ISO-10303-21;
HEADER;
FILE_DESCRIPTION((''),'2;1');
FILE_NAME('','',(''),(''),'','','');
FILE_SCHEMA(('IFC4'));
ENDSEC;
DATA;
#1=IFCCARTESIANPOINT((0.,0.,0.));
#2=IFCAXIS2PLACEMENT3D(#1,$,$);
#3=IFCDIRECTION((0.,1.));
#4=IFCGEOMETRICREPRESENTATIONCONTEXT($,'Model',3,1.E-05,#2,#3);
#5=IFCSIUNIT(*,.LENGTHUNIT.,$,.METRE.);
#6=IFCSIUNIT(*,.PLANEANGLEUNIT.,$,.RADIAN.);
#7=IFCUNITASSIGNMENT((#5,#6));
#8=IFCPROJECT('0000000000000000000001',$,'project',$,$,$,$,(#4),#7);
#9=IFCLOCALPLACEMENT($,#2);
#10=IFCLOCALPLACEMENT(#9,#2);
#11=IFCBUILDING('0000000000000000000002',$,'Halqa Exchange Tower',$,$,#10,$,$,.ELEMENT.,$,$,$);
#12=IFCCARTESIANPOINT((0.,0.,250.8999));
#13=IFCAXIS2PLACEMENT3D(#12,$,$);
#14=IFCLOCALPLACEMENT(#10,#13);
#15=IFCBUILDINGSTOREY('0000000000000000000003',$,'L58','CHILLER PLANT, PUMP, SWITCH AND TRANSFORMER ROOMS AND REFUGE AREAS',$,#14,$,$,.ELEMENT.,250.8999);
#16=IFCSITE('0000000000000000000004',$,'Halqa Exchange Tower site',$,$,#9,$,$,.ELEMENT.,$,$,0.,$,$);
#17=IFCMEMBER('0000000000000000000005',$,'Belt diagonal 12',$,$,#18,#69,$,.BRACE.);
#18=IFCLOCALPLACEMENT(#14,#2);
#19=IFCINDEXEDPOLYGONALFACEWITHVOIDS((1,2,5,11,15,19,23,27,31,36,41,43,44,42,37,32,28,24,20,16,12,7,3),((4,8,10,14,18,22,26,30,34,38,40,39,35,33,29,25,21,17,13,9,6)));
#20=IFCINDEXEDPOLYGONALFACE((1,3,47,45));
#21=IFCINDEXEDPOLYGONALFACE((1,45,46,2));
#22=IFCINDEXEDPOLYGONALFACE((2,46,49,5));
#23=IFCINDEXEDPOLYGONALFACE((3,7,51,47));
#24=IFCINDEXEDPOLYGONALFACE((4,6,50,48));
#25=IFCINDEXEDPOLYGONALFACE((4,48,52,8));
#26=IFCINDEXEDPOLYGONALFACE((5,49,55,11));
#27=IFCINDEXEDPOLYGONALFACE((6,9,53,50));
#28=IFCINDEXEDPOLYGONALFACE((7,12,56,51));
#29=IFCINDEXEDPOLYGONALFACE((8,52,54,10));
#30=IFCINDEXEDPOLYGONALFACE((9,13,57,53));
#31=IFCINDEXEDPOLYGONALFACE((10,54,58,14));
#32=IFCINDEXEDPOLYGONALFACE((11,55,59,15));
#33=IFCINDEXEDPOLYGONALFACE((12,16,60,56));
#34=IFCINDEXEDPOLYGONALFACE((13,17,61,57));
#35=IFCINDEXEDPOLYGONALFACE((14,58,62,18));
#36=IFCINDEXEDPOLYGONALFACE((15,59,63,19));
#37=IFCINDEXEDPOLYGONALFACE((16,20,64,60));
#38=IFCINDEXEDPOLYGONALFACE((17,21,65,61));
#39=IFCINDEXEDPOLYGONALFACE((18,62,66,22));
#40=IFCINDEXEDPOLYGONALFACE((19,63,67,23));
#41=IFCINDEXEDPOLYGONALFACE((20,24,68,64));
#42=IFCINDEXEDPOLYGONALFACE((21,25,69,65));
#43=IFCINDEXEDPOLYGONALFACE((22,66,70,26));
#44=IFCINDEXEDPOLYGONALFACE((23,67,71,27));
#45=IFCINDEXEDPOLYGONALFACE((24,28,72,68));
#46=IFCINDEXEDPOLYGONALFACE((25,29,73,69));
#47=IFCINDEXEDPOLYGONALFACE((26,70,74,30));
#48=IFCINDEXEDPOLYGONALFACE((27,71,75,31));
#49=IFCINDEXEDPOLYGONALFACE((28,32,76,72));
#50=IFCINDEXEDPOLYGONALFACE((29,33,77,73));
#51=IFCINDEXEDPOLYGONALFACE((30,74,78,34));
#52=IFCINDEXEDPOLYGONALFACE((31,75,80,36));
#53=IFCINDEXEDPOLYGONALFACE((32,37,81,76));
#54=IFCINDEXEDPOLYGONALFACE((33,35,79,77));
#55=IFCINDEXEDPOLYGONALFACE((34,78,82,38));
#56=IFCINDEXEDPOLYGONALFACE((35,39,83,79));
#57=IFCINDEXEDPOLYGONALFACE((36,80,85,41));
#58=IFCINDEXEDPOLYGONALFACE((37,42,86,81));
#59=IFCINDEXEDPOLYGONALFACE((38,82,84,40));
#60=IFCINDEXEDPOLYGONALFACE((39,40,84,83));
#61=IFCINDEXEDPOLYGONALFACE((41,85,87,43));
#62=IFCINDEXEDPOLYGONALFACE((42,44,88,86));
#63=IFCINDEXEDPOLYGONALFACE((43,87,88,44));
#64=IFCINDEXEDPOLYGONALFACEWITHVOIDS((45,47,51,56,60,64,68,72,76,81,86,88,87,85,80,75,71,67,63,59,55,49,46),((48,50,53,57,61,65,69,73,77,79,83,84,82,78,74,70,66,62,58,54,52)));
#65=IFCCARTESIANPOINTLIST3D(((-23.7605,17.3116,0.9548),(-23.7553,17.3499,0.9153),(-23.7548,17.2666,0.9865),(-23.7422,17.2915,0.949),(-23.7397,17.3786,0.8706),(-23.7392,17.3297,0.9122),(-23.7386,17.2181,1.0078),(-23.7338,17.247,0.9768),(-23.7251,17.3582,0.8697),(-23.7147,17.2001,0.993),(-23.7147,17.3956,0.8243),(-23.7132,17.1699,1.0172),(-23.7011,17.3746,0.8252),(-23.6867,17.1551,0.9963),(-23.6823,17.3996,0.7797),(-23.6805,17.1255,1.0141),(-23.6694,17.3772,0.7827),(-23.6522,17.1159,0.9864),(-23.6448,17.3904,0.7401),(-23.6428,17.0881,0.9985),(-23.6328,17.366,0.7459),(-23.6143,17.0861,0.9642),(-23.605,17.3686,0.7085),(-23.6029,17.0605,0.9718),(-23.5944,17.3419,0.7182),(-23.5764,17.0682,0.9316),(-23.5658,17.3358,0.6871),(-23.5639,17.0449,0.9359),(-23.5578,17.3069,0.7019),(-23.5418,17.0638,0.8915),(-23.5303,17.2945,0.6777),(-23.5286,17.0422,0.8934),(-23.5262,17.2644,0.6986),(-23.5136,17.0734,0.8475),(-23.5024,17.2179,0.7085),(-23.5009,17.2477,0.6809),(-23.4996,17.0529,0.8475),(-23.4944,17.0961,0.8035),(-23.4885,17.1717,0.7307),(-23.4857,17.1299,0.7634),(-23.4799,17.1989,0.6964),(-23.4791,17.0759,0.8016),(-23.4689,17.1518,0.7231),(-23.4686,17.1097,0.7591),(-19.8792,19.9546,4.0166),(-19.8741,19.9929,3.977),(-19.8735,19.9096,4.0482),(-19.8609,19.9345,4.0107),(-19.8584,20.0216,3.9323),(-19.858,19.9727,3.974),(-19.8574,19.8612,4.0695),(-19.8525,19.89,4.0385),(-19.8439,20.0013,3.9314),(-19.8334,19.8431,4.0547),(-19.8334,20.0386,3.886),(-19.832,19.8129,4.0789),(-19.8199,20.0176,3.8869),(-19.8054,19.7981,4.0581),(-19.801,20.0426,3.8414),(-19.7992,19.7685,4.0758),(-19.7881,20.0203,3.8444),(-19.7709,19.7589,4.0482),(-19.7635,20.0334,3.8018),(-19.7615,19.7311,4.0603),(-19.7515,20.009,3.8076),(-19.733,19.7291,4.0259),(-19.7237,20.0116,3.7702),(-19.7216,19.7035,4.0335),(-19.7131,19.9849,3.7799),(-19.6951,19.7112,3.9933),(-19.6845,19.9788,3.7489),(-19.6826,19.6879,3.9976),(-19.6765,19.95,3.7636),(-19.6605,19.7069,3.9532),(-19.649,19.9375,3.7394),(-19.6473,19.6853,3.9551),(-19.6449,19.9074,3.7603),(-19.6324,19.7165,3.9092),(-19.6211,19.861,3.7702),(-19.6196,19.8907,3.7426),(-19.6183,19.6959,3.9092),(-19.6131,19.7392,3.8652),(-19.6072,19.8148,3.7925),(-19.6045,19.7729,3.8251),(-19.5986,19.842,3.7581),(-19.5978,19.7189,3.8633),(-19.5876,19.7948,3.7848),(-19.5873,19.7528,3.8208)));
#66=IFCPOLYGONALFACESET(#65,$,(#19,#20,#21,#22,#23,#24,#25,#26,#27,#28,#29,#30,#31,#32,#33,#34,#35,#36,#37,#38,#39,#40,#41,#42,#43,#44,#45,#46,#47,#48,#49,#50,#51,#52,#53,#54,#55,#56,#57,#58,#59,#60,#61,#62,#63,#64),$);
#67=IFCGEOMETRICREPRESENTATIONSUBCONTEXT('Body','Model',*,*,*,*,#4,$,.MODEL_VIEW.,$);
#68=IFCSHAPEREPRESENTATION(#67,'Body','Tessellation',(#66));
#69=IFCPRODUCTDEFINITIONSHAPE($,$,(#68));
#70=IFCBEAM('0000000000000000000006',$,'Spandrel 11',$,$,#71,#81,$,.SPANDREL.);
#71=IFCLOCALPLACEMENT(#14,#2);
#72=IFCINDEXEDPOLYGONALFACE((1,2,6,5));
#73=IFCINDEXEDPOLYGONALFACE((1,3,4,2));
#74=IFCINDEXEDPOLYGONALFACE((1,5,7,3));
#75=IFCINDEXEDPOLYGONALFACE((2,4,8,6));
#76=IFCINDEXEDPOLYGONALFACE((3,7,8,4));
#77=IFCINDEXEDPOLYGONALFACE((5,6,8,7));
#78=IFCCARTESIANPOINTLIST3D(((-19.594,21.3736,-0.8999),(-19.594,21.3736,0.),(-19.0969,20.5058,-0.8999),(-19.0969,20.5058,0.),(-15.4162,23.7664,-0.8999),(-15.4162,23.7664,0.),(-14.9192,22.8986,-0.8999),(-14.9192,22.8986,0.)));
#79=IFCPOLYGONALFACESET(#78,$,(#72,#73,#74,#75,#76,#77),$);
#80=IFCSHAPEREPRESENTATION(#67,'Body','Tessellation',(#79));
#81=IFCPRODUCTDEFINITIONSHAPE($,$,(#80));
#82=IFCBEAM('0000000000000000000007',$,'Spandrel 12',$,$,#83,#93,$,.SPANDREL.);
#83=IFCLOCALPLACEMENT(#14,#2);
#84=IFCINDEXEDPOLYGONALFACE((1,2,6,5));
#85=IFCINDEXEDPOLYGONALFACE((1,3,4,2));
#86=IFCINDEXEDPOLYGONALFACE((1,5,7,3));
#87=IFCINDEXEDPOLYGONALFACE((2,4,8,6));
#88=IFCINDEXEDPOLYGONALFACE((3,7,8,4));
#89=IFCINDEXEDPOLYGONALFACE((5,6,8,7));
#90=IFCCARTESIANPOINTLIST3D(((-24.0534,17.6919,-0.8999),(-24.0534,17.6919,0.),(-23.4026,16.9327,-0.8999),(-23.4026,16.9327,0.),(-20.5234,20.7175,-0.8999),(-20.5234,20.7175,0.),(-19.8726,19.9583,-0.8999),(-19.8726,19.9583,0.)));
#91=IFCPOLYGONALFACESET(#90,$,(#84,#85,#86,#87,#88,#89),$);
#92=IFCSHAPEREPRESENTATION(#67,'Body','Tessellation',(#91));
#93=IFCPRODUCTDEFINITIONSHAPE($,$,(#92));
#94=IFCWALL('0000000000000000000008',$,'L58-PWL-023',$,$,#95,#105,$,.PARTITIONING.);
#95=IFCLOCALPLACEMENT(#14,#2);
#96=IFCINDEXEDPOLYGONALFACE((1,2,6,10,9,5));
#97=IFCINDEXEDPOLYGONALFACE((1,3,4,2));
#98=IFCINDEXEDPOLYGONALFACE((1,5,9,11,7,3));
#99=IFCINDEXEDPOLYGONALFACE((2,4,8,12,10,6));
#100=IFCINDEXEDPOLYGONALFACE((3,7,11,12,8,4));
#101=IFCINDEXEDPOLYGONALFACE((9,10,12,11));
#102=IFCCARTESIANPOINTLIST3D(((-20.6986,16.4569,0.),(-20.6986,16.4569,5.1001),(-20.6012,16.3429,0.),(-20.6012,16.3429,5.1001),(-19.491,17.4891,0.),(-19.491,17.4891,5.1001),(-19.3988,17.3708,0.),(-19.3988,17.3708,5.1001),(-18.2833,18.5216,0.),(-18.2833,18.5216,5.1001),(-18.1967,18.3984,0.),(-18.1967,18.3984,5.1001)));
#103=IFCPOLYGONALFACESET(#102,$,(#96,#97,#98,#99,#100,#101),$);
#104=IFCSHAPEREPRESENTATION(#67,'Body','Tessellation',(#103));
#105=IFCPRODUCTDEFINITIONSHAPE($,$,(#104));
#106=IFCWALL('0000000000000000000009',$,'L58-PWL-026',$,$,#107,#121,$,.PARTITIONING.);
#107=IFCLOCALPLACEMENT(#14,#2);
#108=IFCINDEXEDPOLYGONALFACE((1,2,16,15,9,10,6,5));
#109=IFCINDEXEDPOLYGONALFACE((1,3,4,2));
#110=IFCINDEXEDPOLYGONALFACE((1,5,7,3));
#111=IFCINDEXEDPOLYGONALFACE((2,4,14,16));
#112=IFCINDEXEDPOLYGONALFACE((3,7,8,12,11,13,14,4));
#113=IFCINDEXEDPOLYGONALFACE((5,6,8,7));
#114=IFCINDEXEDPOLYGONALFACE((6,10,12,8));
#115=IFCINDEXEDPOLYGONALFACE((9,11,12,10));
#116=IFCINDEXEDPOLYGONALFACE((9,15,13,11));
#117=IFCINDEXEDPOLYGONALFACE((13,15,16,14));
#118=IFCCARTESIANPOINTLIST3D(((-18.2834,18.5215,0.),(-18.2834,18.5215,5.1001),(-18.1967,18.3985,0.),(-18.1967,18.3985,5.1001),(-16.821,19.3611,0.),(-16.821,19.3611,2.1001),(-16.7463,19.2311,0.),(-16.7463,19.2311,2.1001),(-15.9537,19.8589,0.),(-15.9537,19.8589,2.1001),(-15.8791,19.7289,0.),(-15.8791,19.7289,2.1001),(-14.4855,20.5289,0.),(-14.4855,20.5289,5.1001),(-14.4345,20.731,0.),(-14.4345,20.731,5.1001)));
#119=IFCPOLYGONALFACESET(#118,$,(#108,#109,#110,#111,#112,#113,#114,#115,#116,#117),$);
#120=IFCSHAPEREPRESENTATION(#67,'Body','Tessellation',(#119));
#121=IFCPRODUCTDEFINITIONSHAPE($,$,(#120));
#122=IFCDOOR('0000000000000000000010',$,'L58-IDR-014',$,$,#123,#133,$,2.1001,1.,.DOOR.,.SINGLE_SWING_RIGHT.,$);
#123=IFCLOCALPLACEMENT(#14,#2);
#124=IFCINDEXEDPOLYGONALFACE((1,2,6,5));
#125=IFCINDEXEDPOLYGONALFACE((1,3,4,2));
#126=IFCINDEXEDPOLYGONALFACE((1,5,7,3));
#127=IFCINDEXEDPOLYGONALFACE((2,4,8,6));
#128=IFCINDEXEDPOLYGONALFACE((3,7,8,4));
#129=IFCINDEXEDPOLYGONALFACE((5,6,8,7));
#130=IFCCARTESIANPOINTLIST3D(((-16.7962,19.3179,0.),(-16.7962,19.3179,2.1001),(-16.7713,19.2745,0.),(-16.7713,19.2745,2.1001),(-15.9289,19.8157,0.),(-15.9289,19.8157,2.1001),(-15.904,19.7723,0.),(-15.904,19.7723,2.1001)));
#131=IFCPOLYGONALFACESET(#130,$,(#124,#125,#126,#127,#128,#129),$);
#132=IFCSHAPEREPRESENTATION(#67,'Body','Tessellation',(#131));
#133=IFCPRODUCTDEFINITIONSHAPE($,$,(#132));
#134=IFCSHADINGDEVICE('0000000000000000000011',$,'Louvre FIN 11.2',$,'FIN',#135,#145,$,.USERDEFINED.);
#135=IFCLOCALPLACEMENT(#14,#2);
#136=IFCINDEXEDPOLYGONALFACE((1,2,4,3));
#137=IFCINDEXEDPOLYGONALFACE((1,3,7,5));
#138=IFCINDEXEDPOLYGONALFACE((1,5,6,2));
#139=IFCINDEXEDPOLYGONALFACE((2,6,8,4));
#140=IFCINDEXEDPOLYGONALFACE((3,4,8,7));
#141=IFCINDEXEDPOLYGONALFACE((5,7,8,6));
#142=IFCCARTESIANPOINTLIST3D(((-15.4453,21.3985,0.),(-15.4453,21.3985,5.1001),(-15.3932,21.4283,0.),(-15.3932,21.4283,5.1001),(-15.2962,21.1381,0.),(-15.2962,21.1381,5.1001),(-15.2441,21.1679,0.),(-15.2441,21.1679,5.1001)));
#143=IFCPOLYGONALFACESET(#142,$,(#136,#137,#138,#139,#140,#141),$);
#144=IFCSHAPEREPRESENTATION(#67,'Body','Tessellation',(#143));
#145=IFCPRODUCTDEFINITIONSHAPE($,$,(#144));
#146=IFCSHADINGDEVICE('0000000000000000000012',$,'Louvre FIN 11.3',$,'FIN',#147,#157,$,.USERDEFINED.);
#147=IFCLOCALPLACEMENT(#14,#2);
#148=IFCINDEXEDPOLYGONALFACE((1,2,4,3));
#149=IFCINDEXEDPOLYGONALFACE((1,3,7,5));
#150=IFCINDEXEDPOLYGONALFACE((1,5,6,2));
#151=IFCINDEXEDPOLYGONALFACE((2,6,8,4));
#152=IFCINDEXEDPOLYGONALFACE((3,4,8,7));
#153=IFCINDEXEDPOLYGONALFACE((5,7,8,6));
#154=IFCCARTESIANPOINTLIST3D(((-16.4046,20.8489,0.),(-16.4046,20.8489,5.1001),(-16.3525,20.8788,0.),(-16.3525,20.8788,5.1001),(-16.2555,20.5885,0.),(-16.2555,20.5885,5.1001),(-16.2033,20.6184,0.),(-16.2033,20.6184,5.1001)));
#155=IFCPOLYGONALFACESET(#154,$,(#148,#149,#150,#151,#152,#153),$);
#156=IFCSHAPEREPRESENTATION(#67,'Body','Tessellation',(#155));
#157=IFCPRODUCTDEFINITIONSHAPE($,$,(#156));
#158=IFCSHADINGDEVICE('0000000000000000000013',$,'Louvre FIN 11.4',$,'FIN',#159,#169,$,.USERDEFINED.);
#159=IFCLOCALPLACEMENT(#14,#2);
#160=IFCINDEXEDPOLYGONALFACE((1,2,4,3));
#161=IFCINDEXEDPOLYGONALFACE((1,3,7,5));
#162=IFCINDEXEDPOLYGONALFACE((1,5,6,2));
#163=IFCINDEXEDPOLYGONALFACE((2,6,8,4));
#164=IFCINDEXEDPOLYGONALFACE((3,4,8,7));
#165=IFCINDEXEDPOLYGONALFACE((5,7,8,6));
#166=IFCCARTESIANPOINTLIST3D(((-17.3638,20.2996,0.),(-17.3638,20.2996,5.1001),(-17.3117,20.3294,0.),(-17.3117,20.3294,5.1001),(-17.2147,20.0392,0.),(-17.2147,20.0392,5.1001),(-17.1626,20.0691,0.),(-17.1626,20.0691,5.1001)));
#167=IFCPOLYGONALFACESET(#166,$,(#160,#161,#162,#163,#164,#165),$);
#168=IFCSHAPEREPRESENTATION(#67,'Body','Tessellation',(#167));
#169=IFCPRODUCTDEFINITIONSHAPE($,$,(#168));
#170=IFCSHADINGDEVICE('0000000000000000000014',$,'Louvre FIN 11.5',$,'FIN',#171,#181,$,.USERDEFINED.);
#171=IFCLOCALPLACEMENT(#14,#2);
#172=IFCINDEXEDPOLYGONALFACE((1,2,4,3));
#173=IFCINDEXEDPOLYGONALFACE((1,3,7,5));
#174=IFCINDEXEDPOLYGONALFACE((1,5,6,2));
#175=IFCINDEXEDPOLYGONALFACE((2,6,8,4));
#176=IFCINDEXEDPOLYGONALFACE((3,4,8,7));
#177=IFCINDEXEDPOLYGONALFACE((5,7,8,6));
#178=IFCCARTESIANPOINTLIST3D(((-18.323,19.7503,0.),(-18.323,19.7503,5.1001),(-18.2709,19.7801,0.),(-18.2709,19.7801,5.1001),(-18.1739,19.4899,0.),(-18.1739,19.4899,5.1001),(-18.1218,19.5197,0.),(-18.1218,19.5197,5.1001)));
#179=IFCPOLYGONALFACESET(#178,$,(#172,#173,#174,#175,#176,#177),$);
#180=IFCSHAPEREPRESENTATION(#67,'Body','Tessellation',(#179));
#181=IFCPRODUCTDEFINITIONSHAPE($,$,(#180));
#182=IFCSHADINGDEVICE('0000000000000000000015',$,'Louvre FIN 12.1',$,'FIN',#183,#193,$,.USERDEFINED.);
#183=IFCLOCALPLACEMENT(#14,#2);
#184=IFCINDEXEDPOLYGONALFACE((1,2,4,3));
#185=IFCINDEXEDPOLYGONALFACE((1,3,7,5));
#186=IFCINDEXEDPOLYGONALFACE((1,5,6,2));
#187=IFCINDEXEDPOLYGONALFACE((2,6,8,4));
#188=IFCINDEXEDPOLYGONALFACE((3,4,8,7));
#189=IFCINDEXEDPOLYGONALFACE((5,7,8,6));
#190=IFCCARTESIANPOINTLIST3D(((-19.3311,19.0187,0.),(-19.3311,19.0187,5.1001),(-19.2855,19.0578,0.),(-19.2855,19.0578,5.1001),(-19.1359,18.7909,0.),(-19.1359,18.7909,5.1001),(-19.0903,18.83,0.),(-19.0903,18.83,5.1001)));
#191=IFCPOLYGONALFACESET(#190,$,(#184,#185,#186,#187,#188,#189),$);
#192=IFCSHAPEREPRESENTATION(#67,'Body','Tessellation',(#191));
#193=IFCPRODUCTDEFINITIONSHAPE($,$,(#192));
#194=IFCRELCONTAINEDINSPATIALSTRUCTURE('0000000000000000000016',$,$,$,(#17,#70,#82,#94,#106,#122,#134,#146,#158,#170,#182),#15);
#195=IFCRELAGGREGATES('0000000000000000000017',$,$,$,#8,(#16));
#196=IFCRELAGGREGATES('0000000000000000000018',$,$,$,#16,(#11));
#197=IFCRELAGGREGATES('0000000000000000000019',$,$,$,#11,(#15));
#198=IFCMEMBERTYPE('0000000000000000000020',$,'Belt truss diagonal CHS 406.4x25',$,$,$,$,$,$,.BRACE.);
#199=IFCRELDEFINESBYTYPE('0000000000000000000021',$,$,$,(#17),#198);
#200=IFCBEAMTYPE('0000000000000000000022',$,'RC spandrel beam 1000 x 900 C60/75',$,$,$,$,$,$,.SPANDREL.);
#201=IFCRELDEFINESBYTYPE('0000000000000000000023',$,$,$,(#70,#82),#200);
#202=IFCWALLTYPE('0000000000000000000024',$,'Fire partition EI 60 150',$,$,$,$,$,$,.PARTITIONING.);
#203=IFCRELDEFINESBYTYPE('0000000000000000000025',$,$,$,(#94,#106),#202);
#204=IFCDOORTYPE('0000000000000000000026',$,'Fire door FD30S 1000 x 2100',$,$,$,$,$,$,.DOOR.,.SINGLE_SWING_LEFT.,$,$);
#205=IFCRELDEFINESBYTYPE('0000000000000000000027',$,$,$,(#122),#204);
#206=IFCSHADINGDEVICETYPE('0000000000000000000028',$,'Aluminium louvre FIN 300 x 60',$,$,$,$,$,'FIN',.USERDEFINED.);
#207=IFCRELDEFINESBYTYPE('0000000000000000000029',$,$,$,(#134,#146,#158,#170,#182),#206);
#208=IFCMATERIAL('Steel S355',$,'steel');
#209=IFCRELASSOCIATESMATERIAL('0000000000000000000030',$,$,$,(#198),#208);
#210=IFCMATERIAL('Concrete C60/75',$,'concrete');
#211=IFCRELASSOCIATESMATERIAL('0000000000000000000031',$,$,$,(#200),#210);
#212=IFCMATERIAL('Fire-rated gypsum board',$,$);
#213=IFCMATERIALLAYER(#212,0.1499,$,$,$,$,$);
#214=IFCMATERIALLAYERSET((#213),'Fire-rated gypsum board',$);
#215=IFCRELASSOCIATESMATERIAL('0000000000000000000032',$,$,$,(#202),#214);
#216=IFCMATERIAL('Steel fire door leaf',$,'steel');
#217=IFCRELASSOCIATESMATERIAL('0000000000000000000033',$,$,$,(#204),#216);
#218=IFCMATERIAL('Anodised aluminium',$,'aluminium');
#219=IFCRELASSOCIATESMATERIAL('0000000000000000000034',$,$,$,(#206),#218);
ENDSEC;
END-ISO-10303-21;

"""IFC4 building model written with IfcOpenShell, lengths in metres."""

from ifc_helpers import new_model, si_unit, direction, frame, frame_2d, origin, origin_2d, place, context, subcontext, project, spatial, polyline, rectangle, hollow_circle, outline, extrude, material, layer, layer_set, material_profile, profile_set, type_object, element, fill, save


model = new_model("IFC4")

# Units and contexts
model_context = context("Model", 3, precision=1e-05, world=origin(), true_north=direction((0.0, 1.0)))
body_context = subcontext(model_context, "Body", "Model", "MODEL_VIEW")
ifc_project = project(units=[si_unit("LENGTHUNIT", "METRE"), si_unit("PLANEANGLEUNIT", "RADIAN")], contexts=[model_context])

# Site, building, storey
site_placement = place(None, origin())
site = spatial("IfcSite", under=ifc_project, at=site_placement, Name="Halqa Exchange Tower site", CompositionType="ELEMENT", RefElevation=0.0)
building_placement = place(site_placement, origin())
building = spatial("IfcBuilding", under=site, at=building_placement, Name="Halqa Exchange Tower", CompositionType="ELEMENT")
storey_placement = place(building_placement, frame((0.0, 0.0, 250.8999)))
storey = spatial("IfcBuildingStorey", under=building, at=storey_placement, Name="L58", Description="CHILLER PLANT, PUMP, SWITCH AND TRANSFORMER ROOMS AND REFUGE AREAS", CompositionType="ELEMENT", Elevation=250.8999)

# Shared definitions
ifc_material_1 = material(Name="Concrete C60/75", Category="concrete")

# Member
ifc_material_2 = material(Name="Steel S355", Category="steel")
ifc_material_profile_1 = material_profile(ifc_material_2, hollow_circle(Radius=0.2031, WallThickness=0.0249, at=origin_2d()), Name="CHS 406.4x25")
ifc_profile_set_1 = profile_set([ifc_material_profile_1], Name="Steel S355")
member_type_1 = type_object("IfcMemberType", Name="Belt truss diagonal CHS 406.4x25", PredefinedType="BRACE", material=ifc_profile_set_1)
member_1_placement = place(storey_placement, frame((-19.7327, 19.8638, 3.9092), z_axis=(-0.69238, -0.471487, -0.546178), x_axis=(0.562856, -0.826555, 0.0)))
element("IfcMember", 1, at=member_1_placement, inside=storey, type_object=member_type_1, Name="Belt diagonal 12", PredefinedType="BRACE", context=body_context, shape_type="SweptSolid", body=[
    extrude(hollow_circle(Radius=0.2031, WallThickness=0.0249, at=origin_2d()), origin(), (0.0, 0.0, 1.0), 5.6057),
])

# Beams
ifc_material_profile_2 = material_profile(ifc_material_1, rectangle(XDim=1.0, YDim=0.8999, at=origin_2d()), Name="1000 x 900")
ifc_profile_set_2 = profile_set([ifc_material_profile_2], Name="Concrete C60/75")
beam_type = type_object("IfcBeamType", Name="RC spandrel beam 1000 x 900 C60/75", PredefinedType="SPANDREL", material=ifc_profile_set_2)
beam_1_placement = place(storey_placement, frame((-15.1677, 23.3325, -0.45), z_axis=(-0.867747, -0.497007, 0.0), x_axis=(0.497007, -0.867747, 0.0)))
element("IfcBeam", 2, at=beam_1_placement, inside=storey, type_object=beam_type, Name="Spandrel 11", PredefinedType="SPANDREL", context=body_context, shape_type="SweptSolid", body=[
    extrude(rectangle(XDim=1.0, YDim=0.8999, at=origin_2d()), origin(), (0.0, 0.0, 1.0), 4.8145),
])
beam_2_placement = place(storey_placement, frame((-20.198, 20.3379, -0.45), z_axis=(-0.759268, -0.650778, 0.0), x_axis=(0.650778, -0.759268, 0.0)))
element("IfcBeam", 3, at=beam_2_placement, inside=storey, type_object=beam_type, Name="Spandrel 12", PredefinedType="SPANDREL", context=body_context, shape_type="SweptSolid", body=[
    extrude(rectangle(XDim=1.0, YDim=0.8999, at=origin_2d()), origin(), (0.0, 0.0, 1.0), 4.6492),
])

# Wall
ifc_material_3 = material(Name="Fire-rated gypsum board")
ifc_layer_1 = layer(ifc_material_3, 0.1499)
ifc_layer_set_1 = layer_set([ifc_layer_1], Name="Fire-rated gypsum board")
wall_type = type_object("IfcWallType", Name="Fire partition EI 60 150", PredefinedType="PARTITIONING", material=ifc_layer_set_1)
wall_1_placement = place(storey_placement, frame((-18.2346, 18.4646, 0.0), z_axis=(0.0, 0.0, 1.0), x_axis=(-0.760118, -0.649785, 0.0)))
element("IfcWall", 4, at=wall_1_placement, inside=storey, type_object=wall_type, Name="L58-PWL-023", PredefinedType="PARTITIONING", context=body_context, shape_type="SweptSolid", body=[
    extrude(outline(polyline([(3.1775, 0.075), (1.5957, 0.075), (0.0142, 0.075), (0.0, -0.075), (1.5889, -0.075), (3.1775, -0.075), (3.1775, 0.075)])), origin(), (0.0, 0.0, 1.0), 5.1001),
])

# Wall, opening, door
wall_2_placement = place(storey_placement, frame((-14.3972, 20.666, 0.0), z_axis=(0.0, 0.0, 1.0), x_axis=(-0.86726, -0.497856, 0.0)))
wall_2 = element("IfcWall", 5, at=wall_2_placement, inside=storey, type_object=wall_type, Name="L58-PWL-026", PredefinedType="PARTITIONING", context=body_context, shape_type="SweptSolid", body=[
    extrude(outline(polyline([(0.0, -0.075), (1.4792, -0.075), (2.9587, -0.075), (4.438, -0.075), (4.4241, 0.075), (2.9976, 0.075), (1.5713, 0.075), (0.1448, 0.075), (0.0, -0.075), (0.0, -0.075)])), origin(), (0.0, 0.0, 1.0), 5.1001),
])
opening_placement = place(wall_2_placement, frame((1.7517, 0.0, 0.0)))
opening = element("IfcOpeningElement", 6, at=opening_placement, cuts=wall_2, PredefinedType="OPENING", context=body_context, shape_type="SweptSolid", body=[
    extrude(rectangle(XDim=1.0, YDim=2.1001, at=frame_2d((0.5, 1.05))), frame((0.0, 0.0869, 0.0), z_axis=(0.0, -1.0, 0.0), x_axis=(1.0, 0.0, 0.0)), (0.0, 0.0, 1.0), 0.1738),
])
ifc_material_4 = material(Name="Steel fire door leaf", Category="steel")
door_type = type_object("IfcDoorType", Name="Fire door FD30S 1000 x 2100", OperationType="SINGLE_SWING_LEFT", PredefinedType="DOOR", material=ifc_material_4)
door_placement = place(opening_placement, origin())
door = element("IfcDoor", 7, at=door_placement, inside=storey, type_object=door_type, Name="L58-IDR-014", OperationType="SINGLE_SWING_RIGHT", OverallHeight=2.1001, OverallWidth=1.0, PredefinedType="DOOR", context=body_context, shape_type="SweptSolid", body=[
    extrude(rectangle(XDim=1.0, YDim=2.1001, at=frame_2d((0.5, 1.05))), frame((0.0, 0.0249, 0.0), z_axis=(0.0, -1.0, 0.0), x_axis=(1.0, 0.0, 0.0)), (0.0, 0.0, 1.0), 0.05),
])
fill(opening, door)

# Shading devices
ifc_material_5 = material(Name="Anodised aluminium", Category="aluminium")
ifc_material_profile_3 = material_profile(ifc_material_5, rectangle(XDim=0.3, YDim=0.0601, at=origin_2d()), Name="AL FIN 300x60")
ifc_profile_set_3 = profile_set([ifc_material_profile_3], Name="Anodised aluminium")
shading_device_type = type_object("IfcShadingDeviceType", Name="Aluminium louvre FIN 300 x 60", ElementType="FIN", PredefinedType="USERDEFINED", material=ifc_profile_set_3)
for number, where, z_axis, x_axis, name in (
    (8, (-15.3447, 21.2832, 0.0), (0.0, 0.0, 1.0), (0.496985, -0.867759, 0.0), "Louvre FIN 11.2"),
    (9, (-16.304, 20.7336, 0.0), (0.0, 0.0, 1.0), (0.496985, -0.867759, 0.0), "Louvre FIN 11.3"),
    (10, (-17.2632, 20.1843, 0.0), (0.0, 0.0, 1.0), (0.496985, -0.867759, 0.0), "Louvre FIN 11.4"),
    (11, (-18.2224, 19.635, 0.0), (0.0, 0.0, 1.0), (0.496985, -0.867759, 0.0), "Louvre FIN 11.5"),
    (12, (-19.2107, 18.9243, 0.0), (0.0, 0.0, 1.0), (0.650795, -0.759253, 0.0), "Louvre FIN 12.1"),
):
    element("IfcShadingDevice", number, at=place(storey_placement, frame(where, z_axis=z_axis, x_axis=x_axis)), inside=storey, type_object=shading_device_type, Name=name, ObjectType="FIN", PredefinedType="USERDEFINED", context=body_context, shape_type="SweptSolid", body=[
        extrude(rectangle(XDim=0.3, YDim=0.0601, at=origin_2d()), origin(), (0.0, 0.0, 1.0), 5.1001),
    ])

save(model, "model.ifc")
